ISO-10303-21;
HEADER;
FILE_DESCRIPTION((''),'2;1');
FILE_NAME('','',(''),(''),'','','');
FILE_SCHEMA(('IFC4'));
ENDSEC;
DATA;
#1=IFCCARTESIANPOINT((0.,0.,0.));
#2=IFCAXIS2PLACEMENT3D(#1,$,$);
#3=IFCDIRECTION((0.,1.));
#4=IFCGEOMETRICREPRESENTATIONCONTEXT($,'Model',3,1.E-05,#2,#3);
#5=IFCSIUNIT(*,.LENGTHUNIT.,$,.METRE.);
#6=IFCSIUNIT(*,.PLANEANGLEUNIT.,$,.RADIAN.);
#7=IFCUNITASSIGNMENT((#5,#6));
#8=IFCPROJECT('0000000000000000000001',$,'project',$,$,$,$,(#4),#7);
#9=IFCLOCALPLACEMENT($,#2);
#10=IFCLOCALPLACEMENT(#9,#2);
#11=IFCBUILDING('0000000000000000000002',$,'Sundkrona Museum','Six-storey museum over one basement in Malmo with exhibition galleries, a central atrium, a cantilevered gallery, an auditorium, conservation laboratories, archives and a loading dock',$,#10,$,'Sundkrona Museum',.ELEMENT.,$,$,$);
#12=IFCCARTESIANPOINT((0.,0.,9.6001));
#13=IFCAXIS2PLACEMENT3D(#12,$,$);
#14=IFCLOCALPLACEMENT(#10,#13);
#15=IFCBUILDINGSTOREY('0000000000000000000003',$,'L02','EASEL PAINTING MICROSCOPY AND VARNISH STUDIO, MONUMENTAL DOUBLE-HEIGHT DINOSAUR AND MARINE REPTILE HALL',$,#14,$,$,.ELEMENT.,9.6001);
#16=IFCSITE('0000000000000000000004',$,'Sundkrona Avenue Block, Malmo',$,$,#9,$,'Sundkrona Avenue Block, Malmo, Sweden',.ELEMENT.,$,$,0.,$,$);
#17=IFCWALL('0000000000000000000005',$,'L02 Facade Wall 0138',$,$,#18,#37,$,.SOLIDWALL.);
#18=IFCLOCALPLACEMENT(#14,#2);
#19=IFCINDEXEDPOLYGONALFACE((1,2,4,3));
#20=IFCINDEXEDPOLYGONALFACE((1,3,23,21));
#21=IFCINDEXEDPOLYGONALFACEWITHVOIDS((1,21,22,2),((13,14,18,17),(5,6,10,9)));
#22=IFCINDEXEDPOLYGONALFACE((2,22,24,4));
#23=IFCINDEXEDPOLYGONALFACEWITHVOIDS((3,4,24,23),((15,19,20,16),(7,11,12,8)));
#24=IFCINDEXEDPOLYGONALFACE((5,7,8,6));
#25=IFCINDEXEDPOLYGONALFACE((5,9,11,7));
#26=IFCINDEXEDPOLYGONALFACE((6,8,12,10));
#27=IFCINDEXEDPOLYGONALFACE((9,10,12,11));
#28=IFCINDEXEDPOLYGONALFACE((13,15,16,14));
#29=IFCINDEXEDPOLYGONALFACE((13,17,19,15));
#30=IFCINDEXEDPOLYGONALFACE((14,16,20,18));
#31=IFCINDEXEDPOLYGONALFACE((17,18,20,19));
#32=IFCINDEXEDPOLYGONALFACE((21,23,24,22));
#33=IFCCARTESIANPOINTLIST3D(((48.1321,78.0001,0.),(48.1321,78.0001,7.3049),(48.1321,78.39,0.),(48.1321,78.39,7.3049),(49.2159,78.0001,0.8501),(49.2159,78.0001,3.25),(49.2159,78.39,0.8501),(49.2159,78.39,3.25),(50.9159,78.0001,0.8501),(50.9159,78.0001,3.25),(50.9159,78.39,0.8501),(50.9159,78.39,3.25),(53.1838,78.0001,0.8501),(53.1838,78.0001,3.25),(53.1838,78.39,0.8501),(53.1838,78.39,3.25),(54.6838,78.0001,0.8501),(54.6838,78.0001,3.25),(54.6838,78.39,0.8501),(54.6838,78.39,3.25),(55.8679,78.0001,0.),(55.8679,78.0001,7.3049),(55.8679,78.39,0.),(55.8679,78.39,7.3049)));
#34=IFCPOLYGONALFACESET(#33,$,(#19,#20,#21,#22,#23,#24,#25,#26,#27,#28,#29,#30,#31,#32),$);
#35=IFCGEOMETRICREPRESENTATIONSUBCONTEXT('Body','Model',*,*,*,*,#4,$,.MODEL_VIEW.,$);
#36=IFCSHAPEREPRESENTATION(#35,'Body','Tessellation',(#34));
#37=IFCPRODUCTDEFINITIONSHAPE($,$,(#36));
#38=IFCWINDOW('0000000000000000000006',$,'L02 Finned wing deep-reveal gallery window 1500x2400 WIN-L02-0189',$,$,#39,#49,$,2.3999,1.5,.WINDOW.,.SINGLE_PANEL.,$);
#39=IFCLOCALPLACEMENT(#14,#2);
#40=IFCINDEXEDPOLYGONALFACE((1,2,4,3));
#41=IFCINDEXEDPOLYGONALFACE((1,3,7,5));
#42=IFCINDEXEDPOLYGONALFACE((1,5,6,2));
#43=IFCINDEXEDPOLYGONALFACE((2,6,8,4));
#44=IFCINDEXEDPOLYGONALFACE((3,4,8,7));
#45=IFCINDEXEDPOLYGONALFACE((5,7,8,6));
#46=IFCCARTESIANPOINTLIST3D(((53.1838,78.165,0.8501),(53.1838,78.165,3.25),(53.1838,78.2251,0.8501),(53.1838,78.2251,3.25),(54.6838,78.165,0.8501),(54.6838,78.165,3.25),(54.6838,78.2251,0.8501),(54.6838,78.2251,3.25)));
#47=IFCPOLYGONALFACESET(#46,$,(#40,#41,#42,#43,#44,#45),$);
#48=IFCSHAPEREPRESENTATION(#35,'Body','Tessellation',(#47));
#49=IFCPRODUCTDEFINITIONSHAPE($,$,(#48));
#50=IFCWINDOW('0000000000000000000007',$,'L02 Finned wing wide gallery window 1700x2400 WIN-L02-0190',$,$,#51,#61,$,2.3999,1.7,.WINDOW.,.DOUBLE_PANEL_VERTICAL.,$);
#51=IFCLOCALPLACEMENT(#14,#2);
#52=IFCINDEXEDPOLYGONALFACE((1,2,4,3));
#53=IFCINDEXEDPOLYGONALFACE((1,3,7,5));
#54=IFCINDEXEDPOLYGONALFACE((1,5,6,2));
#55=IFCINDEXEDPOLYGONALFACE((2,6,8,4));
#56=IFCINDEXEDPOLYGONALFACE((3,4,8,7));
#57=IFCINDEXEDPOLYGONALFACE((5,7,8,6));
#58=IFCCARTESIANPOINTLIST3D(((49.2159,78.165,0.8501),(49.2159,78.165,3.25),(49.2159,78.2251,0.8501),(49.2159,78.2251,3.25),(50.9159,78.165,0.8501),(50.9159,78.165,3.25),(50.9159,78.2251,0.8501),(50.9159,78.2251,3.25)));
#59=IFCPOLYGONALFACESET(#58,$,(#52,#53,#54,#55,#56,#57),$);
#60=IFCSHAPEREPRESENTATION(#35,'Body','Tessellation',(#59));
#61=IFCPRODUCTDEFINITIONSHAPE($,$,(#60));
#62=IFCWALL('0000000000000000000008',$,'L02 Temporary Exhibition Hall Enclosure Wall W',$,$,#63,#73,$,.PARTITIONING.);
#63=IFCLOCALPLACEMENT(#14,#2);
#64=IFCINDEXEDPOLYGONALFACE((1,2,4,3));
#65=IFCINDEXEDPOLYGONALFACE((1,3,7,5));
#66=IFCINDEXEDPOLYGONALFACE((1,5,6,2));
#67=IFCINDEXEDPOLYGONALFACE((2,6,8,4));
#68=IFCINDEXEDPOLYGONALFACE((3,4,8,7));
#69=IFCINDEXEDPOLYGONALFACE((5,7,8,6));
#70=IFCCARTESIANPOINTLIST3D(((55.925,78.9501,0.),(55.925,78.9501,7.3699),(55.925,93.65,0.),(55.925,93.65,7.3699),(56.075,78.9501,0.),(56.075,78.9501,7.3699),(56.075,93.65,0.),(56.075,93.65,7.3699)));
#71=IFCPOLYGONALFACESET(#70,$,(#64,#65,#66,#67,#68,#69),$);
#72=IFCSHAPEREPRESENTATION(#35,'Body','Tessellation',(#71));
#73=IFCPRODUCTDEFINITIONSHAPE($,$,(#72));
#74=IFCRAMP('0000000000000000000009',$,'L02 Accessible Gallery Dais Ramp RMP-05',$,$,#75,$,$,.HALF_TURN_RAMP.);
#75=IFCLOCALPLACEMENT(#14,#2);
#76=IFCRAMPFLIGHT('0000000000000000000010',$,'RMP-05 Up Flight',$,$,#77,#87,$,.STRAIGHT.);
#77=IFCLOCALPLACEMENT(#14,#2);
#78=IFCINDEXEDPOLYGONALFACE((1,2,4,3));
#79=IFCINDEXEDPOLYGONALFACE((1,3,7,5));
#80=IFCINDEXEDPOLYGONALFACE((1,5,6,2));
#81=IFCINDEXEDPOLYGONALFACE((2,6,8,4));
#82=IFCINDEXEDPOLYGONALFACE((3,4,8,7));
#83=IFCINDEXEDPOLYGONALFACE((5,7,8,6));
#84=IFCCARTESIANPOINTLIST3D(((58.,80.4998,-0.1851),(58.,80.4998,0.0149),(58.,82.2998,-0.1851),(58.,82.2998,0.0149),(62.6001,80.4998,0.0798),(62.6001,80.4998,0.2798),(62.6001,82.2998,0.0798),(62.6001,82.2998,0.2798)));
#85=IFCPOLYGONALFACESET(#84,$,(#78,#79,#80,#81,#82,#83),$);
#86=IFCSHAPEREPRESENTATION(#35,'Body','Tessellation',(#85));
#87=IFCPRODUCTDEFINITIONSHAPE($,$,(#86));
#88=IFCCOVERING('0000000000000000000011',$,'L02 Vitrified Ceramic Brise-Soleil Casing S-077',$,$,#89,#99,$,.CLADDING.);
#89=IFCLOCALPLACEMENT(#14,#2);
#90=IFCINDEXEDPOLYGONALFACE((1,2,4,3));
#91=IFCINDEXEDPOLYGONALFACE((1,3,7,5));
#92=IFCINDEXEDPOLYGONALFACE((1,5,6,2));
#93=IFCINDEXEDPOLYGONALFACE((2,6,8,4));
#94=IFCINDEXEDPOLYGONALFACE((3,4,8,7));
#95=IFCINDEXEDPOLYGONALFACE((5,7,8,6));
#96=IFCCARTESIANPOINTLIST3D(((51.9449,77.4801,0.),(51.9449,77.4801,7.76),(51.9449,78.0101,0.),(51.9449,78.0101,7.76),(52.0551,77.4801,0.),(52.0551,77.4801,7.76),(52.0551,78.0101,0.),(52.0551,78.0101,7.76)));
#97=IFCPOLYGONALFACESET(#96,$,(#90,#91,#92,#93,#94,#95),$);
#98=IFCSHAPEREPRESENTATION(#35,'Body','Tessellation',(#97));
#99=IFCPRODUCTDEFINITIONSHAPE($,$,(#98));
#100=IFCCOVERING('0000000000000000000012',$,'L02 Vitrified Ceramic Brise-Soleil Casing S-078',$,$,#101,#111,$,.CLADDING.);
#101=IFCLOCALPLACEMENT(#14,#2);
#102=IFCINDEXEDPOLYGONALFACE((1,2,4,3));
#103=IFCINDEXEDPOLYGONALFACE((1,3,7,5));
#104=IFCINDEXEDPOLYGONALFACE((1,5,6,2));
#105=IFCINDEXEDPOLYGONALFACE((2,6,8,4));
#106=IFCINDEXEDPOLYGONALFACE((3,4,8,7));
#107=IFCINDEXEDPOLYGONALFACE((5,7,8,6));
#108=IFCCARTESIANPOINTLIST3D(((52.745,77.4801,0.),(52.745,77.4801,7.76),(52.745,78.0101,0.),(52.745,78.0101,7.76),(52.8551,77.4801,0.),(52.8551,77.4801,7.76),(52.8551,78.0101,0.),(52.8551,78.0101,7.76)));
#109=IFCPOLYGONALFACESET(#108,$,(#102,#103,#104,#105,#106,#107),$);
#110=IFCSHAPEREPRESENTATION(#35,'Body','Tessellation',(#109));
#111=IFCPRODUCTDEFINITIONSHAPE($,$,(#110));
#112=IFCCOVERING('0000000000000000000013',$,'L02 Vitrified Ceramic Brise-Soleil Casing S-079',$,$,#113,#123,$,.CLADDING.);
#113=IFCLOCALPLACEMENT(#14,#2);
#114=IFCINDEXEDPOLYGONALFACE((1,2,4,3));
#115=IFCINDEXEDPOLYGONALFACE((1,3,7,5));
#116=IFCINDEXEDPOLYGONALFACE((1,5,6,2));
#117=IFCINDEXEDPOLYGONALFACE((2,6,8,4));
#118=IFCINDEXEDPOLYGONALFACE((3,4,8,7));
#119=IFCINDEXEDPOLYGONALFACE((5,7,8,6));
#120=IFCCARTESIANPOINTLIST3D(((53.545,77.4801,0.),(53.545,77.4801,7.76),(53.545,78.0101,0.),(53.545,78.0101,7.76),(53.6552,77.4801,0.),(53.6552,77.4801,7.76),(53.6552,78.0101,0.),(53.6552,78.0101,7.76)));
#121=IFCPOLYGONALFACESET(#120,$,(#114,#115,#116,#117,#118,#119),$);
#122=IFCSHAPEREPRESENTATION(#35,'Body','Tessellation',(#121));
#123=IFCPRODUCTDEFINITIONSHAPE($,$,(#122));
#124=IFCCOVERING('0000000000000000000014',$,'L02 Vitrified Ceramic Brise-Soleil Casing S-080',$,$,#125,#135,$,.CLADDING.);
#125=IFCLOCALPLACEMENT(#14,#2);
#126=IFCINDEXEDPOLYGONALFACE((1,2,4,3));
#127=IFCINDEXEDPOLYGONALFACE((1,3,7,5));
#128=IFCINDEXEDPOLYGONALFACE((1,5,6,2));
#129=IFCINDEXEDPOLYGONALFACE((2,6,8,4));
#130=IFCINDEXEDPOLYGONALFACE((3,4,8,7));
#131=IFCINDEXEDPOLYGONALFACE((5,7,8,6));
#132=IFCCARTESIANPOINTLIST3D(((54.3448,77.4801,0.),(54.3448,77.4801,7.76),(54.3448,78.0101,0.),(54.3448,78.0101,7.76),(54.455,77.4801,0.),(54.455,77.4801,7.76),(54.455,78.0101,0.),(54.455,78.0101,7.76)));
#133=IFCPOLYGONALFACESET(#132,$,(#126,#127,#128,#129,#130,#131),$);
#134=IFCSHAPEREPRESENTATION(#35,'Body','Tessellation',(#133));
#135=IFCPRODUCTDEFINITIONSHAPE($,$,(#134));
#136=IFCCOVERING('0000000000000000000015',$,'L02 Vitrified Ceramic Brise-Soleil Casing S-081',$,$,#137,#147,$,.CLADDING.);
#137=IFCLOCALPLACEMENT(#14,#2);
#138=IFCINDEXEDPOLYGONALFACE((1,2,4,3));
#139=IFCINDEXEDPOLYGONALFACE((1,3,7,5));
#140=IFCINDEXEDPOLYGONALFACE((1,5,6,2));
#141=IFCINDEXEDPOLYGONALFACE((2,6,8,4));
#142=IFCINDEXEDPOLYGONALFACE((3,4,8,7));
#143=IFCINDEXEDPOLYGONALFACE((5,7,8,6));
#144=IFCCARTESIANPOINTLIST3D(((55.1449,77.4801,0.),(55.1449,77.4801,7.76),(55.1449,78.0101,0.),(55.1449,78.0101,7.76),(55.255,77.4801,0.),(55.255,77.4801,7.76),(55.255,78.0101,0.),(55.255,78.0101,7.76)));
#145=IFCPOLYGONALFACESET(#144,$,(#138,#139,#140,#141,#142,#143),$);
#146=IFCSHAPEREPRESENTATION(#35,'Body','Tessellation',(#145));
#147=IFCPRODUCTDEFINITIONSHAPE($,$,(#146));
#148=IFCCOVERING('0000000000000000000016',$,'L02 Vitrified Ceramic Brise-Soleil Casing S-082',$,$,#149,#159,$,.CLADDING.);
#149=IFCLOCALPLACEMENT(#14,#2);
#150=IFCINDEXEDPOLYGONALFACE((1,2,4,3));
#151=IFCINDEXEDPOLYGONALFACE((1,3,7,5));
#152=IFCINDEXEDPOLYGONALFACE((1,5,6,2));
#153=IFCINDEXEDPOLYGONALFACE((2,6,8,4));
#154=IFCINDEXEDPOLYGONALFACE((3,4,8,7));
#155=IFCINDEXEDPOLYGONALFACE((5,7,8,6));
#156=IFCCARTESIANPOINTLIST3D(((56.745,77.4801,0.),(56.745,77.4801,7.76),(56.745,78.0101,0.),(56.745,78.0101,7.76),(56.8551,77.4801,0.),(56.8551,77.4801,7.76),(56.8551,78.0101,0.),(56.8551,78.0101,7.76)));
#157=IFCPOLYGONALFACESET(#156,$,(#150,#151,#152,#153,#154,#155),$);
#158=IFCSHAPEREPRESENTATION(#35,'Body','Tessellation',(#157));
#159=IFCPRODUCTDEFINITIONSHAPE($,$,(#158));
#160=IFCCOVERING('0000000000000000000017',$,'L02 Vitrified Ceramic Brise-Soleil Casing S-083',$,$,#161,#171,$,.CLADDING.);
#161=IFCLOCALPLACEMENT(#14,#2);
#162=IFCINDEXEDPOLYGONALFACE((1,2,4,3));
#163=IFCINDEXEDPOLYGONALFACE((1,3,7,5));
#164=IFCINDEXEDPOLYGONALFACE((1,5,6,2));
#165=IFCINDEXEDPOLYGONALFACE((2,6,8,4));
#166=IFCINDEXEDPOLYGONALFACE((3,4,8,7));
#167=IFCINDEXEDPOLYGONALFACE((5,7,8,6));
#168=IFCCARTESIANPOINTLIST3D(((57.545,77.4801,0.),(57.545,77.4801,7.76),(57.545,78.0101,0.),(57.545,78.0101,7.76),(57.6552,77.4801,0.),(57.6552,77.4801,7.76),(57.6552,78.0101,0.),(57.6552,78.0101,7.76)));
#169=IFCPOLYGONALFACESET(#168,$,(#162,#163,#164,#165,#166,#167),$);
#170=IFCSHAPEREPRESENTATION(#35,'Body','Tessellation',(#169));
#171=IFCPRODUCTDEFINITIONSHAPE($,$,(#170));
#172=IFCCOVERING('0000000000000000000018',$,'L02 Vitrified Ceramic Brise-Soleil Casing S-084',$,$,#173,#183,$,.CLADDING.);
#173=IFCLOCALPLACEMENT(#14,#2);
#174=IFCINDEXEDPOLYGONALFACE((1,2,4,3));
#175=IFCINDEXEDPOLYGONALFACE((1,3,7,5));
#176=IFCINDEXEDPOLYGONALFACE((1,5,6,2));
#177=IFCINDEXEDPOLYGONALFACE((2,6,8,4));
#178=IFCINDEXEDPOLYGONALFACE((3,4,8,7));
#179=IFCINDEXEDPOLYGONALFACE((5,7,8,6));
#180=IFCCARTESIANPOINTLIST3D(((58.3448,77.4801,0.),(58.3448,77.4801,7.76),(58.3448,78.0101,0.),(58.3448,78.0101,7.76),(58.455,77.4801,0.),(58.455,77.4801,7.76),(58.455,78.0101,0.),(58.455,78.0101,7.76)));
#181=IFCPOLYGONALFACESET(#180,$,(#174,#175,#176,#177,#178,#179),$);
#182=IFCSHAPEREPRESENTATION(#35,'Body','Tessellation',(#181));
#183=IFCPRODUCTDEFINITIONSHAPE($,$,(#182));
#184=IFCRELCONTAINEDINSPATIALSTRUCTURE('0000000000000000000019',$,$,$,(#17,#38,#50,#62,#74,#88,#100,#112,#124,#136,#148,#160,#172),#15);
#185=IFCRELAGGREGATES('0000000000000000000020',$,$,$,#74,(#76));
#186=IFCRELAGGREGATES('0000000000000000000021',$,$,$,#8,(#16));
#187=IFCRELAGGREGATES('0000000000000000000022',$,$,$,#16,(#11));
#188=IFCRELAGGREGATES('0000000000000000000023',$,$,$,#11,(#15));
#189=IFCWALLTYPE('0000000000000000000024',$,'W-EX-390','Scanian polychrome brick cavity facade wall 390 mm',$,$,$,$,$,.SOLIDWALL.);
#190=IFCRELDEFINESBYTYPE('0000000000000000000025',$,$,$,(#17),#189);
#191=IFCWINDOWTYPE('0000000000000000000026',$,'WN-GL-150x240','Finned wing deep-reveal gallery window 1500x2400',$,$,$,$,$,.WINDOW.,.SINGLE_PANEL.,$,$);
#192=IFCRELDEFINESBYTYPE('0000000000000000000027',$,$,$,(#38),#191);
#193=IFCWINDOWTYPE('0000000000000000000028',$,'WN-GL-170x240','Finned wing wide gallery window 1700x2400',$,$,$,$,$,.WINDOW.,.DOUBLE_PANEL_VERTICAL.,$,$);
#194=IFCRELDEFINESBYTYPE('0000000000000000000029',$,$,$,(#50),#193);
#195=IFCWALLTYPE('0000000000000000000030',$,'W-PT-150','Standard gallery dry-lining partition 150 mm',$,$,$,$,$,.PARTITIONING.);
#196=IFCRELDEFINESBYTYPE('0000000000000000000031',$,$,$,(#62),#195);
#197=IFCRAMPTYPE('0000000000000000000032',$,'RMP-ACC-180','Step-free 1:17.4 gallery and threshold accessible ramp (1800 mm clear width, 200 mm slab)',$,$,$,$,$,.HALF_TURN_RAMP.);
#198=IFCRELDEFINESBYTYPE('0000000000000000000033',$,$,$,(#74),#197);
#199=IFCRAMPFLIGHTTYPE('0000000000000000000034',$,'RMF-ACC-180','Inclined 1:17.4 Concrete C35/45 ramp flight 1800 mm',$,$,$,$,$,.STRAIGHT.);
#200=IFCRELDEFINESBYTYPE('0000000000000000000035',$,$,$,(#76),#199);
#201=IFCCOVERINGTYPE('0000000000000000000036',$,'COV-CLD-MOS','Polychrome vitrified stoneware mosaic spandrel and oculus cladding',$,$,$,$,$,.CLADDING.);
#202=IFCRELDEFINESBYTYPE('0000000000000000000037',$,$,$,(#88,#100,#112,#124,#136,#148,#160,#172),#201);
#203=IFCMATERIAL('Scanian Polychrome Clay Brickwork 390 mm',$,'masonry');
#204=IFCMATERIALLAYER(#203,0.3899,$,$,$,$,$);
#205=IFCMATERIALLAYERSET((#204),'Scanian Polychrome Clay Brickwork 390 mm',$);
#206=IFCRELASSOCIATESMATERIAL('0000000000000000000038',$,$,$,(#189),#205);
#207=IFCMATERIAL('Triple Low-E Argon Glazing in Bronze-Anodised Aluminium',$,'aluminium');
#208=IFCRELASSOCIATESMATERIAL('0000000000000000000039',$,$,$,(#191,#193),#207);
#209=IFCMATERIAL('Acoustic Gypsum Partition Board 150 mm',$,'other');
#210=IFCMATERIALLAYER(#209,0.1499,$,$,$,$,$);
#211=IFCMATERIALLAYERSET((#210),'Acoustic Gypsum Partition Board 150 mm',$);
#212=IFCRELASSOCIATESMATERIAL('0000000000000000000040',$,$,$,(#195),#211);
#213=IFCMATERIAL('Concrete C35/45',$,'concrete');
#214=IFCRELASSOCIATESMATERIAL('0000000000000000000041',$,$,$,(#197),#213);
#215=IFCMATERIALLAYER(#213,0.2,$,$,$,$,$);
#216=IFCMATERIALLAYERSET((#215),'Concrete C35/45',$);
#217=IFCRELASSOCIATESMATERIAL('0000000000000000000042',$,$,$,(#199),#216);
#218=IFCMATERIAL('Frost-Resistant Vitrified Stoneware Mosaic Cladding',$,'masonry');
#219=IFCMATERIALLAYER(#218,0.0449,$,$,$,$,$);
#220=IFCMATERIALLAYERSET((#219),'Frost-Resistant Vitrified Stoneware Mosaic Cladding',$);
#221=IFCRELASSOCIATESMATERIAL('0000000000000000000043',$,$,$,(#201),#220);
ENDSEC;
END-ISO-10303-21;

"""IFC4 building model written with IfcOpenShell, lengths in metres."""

from ifc_helpers import new_model, si_unit, direction, frame, frame_2d, origin, origin_2d, place, context, subcontext, project, spatial, polyline, rectangle, outline, extrude, material, layer, layer_set, type_object, element, fill, aggregate, save


model = new_model("IFC4")

# Units and contexts
model_context = context("Model", 3, precision=1e-05, world=origin(), true_north=direction((0.0, 1.0)))
body_context = subcontext(model_context, "Body", "Model", "MODEL_VIEW")
ifc_project = project(units=[si_unit("LENGTHUNIT", "METRE"), si_unit("PLANEANGLEUNIT", "RADIAN")], contexts=[model_context])

# Site, building, storey
site_placement = place(None, origin())
site = spatial("IfcSite", under=ifc_project, at=site_placement, Name="Sundkrona Avenue Block, Malmo", LongName="Sundkrona Avenue Block, Malmo, Sweden", CompositionType="ELEMENT", RefElevation=0.0)
building_placement = place(site_placement, origin())
building = spatial("IfcBuilding", under=site, at=building_placement, Name="Sundkrona Museum", Description="Six-storey museum over one basement in Malmo with exhibition galleries, a central atrium, a cantilevered gallery, an auditorium, conservation laboratories, archives and a loading dock", LongName="Sundkrona Museum", CompositionType="ELEMENT")
storey_placement = place(building_placement, frame((0.0, 0.0, 9.6001)))
storey = spatial("IfcBuildingStorey", under=building, at=storey_placement, Name="L02", Description="EASEL PAINTING MICROSCOPY AND VARNISH STUDIO, MONUMENTAL DOUBLE-HEIGHT DINOSAUR AND MARINE REPTILE HALL", CompositionType="ELEMENT", Elevation=9.6001)

# Wall, openings, windows
ifc_material_1 = material(Name="Scanian Polychrome Clay Brickwork 390 mm", Category="masonry")
ifc_layer_1 = layer(ifc_material_1, 0.3899)
ifc_layer_set_1 = layer_set([ifc_layer_1], Name="Scanian Polychrome Clay Brickwork 390 mm")
wall_type_1 = type_object("IfcWallType", Name="W-EX-390", Description="Scanian polychrome brick cavity facade wall 390 mm", PredefinedType="SOLIDWALL", material=ifc_layer_set_1)
wall_1_placement = place(storey_placement, frame((55.8679, 78.1951, 0.0), z_axis=(0.0, 0.0, 1.0), x_axis=(-1.0, 0.0, 0.0)))
wall_1 = element("IfcWall", 1, at=wall_1_placement, inside=storey, type_object=wall_type_1, Name="L02 Facade Wall 0138", PredefinedType="SOLIDWALL", context=body_context, shape_type="SweptSolid", body=[
    extrude(rectangle(XDim=7.7358, YDim=0.3899, at=frame_2d((3.8679, 0.0))), origin(), (0.0, 0.0, 1.0), 7.3049),
])
opening_1_placement = place(wall_1_placement, frame((1.1841, 0.0, 0.8501)))
opening_1 = element("IfcOpeningElement", 2, at=opening_1_placement, cuts=wall_1, PredefinedType="OPENING", context=body_context, shape_type="SweptSolid", body=[
    extrude(rectangle(XDim=1.5, YDim=2.3999, at=frame_2d((0.75, 1.2))), frame((0.0, 0.2048, 0.0), z_axis=(0.0, -1.0, 0.0), x_axis=(1.0, 0.0, 0.0)), (0.0, 0.0, 1.0), 0.4099),
])
opening_2_placement = place(wall_1_placement, frame((4.9519, 0.0, 0.8501)))
opening_2 = element("IfcOpeningElement", 3, at=opening_2_placement, cuts=wall_1, PredefinedType="OPENING", context=body_context, shape_type="SweptSolid", body=[
    extrude(rectangle(XDim=1.7, YDim=2.3999, at=frame_2d((0.8501, 1.2))), frame((0.0, 0.2048, 0.0), z_axis=(0.0, -1.0, 0.0), x_axis=(1.0, 0.0, 0.0)), (0.0, 0.0, 1.0), 0.4099),
])
ifc_material_2 = material(Name="Triple Low-E Argon Glazing in Bronze-Anodised Aluminium", Category="aluminium")
window_type_1 = type_object("IfcWindowType", Name="WN-GL-150x240", Description="Finned wing deep-reveal gallery window 1500x2400", PartitioningType="SINGLE_PANEL", PredefinedType="WINDOW", material=ifc_material_2)
window_1_placement = place(opening_1_placement, origin())
window_1 = element("IfcWindow", 4, at=window_1_placement, inside=storey, type_object=window_type_1, Name="L02 Finned wing deep-reveal gallery window 1500x2400 WIN-L02-0189", OverallHeight=2.3999, OverallWidth=1.5, PartitioningType="SINGLE_PANEL", PredefinedType="WINDOW", context=body_context, shape_type="SweptSolid", body=[
    extrude(rectangle(XDim=1.5, YDim=2.3999, at=frame_2d((0.75, 1.2))), frame((0.0, 0.03, 0.0), z_axis=(0.0, -1.0, 0.0), x_axis=(1.0, 0.0, 0.0)), (0.0, 0.0, 1.0), 0.0601),
])
fill(opening_1, window_1)
window_type_2 = type_object("IfcWindowType", Name="WN-GL-170x240", Description="Finned wing wide gallery window 1700x2400", PartitioningType="DOUBLE_PANEL_VERTICAL", PredefinedType="WINDOW", material=ifc_material_2)
window_2_placement = place(opening_2_placement, origin())
window_2 = element("IfcWindow", 5, at=window_2_placement, inside=storey, type_object=window_type_2, Name="L02 Finned wing wide gallery window 1700x2400 WIN-L02-0190", OverallHeight=2.3999, OverallWidth=1.7, PartitioningType="DOUBLE_PANEL_VERTICAL", PredefinedType="WINDOW", context=body_context, shape_type="SweptSolid", body=[
    extrude(rectangle(XDim=1.7, YDim=2.3999, at=frame_2d((0.8501, 1.2))), frame((0.0, 0.03, 0.0), z_axis=(0.0, -1.0, 0.0), x_axis=(1.0, 0.0, 0.0)), (0.0, 0.0, 1.0), 0.0601),
])
fill(opening_2, window_2)

# Wall
ifc_material_3 = material(Name="Acoustic Gypsum Partition Board 150 mm", Category="other")
ifc_layer_2 = layer(ifc_material_3, 0.1499)
ifc_layer_set_2 = layer_set([ifc_layer_2], Name="Acoustic Gypsum Partition Board 150 mm")
wall_type_2 = type_object("IfcWallType", Name="W-PT-150", Description="Standard gallery dry-lining partition 150 mm", PredefinedType="PARTITIONING", material=ifc_layer_set_2)
wall_2_placement = place(storey_placement, frame((56.0, 78.95, 0.0), z_axis=(0.0, 0.0, 1.0), x_axis=(0.0, 1.0, 0.0)))
element("IfcWall", 6, at=wall_2_placement, inside=storey, type_object=wall_type_2, Name="L02 Temporary Exhibition Hall Enclosure Wall W", PredefinedType="PARTITIONING", context=body_context, shape_type="SweptSolid", body=[
    extrude(rectangle(XDim=14.7, YDim=0.1499, at=frame_2d((7.3501, 0.0))), origin(), (0.0, 0.0, 1.0), 7.3699),
])

# Ramp, ramp flight
ifc_material_4 = material(Name="Concrete C35/45", Category="concrete")
ramp_type = type_object("IfcRampType", Name="RMP-ACC-180", Description="Step-free 1:17.4 gallery and threshold accessible ramp (1800 mm clear width, 200 mm slab)", PredefinedType="HALF_TURN_RAMP", material=ifc_material_4)
ramp_placement = place(storey_placement, origin())
ramp = element("IfcRamp", 7, at=ramp_placement, inside=storey, type_object=ramp_type, Name="L02 Accessible Gallery Dais Ramp RMP-05", PredefinedType="HALF_TURN_RAMP")
ifc_layer_3 = layer(ifc_material_4, 0.2)
ifc_layer_set_3 = layer_set([ifc_layer_3], Name="Concrete C35/45")
ramp_flight_type = type_object("IfcRampFlightType", Name="RMF-ACC-180", Description="Inclined 1:17.4 Concrete C35/45 ramp flight 1800 mm", PredefinedType="STRAIGHT", material=ifc_layer_set_3)
ramp_flight_placement = place(storey_placement, frame((58.0, 81.3999, 0.0149), z_axis=(0.0, 0.0, 1.0), x_axis=(1.0, 0.0, 0.0)))
ramp_flight = element("IfcRampFlight", 8, at=ramp_flight_placement, type_object=ramp_flight_type, Name="RMP-05 Up Flight", PredefinedType="STRAIGHT", context=body_context, shape_type="SweptSolid", body=[
    extrude(outline(polyline([(0.0, -0.2), (4.6001, 0.0649), (4.6001, 0.2649), (0.0, 0.0), (0.0, -0.2)])), frame((0.0, 0.8999, 0.0), z_axis=(0.0, -1.0, 0.0), x_axis=(1.0, 0.0, 0.0)), (0.0, 0.0, 1.0), 1.8),
])
aggregate(ramp, [ramp_flight])

# Coverings
ifc_material_5 = material(Name="Frost-Resistant Vitrified Stoneware Mosaic Cladding", Category="masonry")
ifc_layer_4 = layer(ifc_material_5, 0.0449)
ifc_layer_set_4 = layer_set([ifc_layer_4], Name="Frost-Resistant Vitrified Stoneware Mosaic Cladding")
covering_type = type_object("IfcCoveringType", Name="COV-CLD-MOS", Description="Polychrome vitrified stoneware mosaic spandrel and oculus cladding", PredefinedType="CLADDING", material=ifc_layer_set_4)
for number, where, z_axis, x_axis, name in (
    (9, (52.0, 77.7451, 0.0), (0.0, 0.0, 1.0), (1.0, 0.0, 0.0), "L02 Vitrified Ceramic Brise-Soleil Casing S-077"),
    (10, (52.8, 77.7451, 0.0), (0.0, 0.0, 1.0), (1.0, 0.0, 0.0), "L02 Vitrified Ceramic Brise-Soleil Casing S-078"),
    (11, (53.6001, 77.7451, 0.0), (0.0, 0.0, 1.0), (1.0, 0.0, 0.0), "L02 Vitrified Ceramic Brise-Soleil Casing S-079"),
    (12, (54.3999, 77.7451, 0.0), (0.0, 0.0, 1.0), (1.0, 0.0, 0.0), "L02 Vitrified Ceramic Brise-Soleil Casing S-080"),
    (13, (55.2, 77.7451, 0.0), (0.0, 0.0, 1.0), (1.0, 0.0, 0.0), "L02 Vitrified Ceramic Brise-Soleil Casing S-081"),
    (14, (56.8, 77.7451, 0.0), (0.0, 0.0, 1.0), (1.0, 0.0, 0.0), "L02 Vitrified Ceramic Brise-Soleil Casing S-082"),
    (15, (57.6001, 77.7451, 0.0), (0.0, 0.0, 1.0), (1.0, 0.0, 0.0), "L02 Vitrified Ceramic Brise-Soleil Casing S-083"),
    (16, (58.3999, 77.7451, 0.0), (0.0, 0.0, 1.0), (1.0, 0.0, 0.0), "L02 Vitrified Ceramic Brise-Soleil Casing S-084"),
):
    element("IfcCovering", number, at=place(storey_placement, frame(where, z_axis=z_axis, x_axis=x_axis)), inside=storey, type_object=covering_type, Name=name, PredefinedType="CLADDING", context=body_context, shape_type="SweptSolid", body=[
        extrude(rectangle(XDim=0.1101, YDim=0.53, at=origin_2d()), origin(), (0.0, 0.0, 1.0), 7.76),
    ])

save(model, "model.ifc")
